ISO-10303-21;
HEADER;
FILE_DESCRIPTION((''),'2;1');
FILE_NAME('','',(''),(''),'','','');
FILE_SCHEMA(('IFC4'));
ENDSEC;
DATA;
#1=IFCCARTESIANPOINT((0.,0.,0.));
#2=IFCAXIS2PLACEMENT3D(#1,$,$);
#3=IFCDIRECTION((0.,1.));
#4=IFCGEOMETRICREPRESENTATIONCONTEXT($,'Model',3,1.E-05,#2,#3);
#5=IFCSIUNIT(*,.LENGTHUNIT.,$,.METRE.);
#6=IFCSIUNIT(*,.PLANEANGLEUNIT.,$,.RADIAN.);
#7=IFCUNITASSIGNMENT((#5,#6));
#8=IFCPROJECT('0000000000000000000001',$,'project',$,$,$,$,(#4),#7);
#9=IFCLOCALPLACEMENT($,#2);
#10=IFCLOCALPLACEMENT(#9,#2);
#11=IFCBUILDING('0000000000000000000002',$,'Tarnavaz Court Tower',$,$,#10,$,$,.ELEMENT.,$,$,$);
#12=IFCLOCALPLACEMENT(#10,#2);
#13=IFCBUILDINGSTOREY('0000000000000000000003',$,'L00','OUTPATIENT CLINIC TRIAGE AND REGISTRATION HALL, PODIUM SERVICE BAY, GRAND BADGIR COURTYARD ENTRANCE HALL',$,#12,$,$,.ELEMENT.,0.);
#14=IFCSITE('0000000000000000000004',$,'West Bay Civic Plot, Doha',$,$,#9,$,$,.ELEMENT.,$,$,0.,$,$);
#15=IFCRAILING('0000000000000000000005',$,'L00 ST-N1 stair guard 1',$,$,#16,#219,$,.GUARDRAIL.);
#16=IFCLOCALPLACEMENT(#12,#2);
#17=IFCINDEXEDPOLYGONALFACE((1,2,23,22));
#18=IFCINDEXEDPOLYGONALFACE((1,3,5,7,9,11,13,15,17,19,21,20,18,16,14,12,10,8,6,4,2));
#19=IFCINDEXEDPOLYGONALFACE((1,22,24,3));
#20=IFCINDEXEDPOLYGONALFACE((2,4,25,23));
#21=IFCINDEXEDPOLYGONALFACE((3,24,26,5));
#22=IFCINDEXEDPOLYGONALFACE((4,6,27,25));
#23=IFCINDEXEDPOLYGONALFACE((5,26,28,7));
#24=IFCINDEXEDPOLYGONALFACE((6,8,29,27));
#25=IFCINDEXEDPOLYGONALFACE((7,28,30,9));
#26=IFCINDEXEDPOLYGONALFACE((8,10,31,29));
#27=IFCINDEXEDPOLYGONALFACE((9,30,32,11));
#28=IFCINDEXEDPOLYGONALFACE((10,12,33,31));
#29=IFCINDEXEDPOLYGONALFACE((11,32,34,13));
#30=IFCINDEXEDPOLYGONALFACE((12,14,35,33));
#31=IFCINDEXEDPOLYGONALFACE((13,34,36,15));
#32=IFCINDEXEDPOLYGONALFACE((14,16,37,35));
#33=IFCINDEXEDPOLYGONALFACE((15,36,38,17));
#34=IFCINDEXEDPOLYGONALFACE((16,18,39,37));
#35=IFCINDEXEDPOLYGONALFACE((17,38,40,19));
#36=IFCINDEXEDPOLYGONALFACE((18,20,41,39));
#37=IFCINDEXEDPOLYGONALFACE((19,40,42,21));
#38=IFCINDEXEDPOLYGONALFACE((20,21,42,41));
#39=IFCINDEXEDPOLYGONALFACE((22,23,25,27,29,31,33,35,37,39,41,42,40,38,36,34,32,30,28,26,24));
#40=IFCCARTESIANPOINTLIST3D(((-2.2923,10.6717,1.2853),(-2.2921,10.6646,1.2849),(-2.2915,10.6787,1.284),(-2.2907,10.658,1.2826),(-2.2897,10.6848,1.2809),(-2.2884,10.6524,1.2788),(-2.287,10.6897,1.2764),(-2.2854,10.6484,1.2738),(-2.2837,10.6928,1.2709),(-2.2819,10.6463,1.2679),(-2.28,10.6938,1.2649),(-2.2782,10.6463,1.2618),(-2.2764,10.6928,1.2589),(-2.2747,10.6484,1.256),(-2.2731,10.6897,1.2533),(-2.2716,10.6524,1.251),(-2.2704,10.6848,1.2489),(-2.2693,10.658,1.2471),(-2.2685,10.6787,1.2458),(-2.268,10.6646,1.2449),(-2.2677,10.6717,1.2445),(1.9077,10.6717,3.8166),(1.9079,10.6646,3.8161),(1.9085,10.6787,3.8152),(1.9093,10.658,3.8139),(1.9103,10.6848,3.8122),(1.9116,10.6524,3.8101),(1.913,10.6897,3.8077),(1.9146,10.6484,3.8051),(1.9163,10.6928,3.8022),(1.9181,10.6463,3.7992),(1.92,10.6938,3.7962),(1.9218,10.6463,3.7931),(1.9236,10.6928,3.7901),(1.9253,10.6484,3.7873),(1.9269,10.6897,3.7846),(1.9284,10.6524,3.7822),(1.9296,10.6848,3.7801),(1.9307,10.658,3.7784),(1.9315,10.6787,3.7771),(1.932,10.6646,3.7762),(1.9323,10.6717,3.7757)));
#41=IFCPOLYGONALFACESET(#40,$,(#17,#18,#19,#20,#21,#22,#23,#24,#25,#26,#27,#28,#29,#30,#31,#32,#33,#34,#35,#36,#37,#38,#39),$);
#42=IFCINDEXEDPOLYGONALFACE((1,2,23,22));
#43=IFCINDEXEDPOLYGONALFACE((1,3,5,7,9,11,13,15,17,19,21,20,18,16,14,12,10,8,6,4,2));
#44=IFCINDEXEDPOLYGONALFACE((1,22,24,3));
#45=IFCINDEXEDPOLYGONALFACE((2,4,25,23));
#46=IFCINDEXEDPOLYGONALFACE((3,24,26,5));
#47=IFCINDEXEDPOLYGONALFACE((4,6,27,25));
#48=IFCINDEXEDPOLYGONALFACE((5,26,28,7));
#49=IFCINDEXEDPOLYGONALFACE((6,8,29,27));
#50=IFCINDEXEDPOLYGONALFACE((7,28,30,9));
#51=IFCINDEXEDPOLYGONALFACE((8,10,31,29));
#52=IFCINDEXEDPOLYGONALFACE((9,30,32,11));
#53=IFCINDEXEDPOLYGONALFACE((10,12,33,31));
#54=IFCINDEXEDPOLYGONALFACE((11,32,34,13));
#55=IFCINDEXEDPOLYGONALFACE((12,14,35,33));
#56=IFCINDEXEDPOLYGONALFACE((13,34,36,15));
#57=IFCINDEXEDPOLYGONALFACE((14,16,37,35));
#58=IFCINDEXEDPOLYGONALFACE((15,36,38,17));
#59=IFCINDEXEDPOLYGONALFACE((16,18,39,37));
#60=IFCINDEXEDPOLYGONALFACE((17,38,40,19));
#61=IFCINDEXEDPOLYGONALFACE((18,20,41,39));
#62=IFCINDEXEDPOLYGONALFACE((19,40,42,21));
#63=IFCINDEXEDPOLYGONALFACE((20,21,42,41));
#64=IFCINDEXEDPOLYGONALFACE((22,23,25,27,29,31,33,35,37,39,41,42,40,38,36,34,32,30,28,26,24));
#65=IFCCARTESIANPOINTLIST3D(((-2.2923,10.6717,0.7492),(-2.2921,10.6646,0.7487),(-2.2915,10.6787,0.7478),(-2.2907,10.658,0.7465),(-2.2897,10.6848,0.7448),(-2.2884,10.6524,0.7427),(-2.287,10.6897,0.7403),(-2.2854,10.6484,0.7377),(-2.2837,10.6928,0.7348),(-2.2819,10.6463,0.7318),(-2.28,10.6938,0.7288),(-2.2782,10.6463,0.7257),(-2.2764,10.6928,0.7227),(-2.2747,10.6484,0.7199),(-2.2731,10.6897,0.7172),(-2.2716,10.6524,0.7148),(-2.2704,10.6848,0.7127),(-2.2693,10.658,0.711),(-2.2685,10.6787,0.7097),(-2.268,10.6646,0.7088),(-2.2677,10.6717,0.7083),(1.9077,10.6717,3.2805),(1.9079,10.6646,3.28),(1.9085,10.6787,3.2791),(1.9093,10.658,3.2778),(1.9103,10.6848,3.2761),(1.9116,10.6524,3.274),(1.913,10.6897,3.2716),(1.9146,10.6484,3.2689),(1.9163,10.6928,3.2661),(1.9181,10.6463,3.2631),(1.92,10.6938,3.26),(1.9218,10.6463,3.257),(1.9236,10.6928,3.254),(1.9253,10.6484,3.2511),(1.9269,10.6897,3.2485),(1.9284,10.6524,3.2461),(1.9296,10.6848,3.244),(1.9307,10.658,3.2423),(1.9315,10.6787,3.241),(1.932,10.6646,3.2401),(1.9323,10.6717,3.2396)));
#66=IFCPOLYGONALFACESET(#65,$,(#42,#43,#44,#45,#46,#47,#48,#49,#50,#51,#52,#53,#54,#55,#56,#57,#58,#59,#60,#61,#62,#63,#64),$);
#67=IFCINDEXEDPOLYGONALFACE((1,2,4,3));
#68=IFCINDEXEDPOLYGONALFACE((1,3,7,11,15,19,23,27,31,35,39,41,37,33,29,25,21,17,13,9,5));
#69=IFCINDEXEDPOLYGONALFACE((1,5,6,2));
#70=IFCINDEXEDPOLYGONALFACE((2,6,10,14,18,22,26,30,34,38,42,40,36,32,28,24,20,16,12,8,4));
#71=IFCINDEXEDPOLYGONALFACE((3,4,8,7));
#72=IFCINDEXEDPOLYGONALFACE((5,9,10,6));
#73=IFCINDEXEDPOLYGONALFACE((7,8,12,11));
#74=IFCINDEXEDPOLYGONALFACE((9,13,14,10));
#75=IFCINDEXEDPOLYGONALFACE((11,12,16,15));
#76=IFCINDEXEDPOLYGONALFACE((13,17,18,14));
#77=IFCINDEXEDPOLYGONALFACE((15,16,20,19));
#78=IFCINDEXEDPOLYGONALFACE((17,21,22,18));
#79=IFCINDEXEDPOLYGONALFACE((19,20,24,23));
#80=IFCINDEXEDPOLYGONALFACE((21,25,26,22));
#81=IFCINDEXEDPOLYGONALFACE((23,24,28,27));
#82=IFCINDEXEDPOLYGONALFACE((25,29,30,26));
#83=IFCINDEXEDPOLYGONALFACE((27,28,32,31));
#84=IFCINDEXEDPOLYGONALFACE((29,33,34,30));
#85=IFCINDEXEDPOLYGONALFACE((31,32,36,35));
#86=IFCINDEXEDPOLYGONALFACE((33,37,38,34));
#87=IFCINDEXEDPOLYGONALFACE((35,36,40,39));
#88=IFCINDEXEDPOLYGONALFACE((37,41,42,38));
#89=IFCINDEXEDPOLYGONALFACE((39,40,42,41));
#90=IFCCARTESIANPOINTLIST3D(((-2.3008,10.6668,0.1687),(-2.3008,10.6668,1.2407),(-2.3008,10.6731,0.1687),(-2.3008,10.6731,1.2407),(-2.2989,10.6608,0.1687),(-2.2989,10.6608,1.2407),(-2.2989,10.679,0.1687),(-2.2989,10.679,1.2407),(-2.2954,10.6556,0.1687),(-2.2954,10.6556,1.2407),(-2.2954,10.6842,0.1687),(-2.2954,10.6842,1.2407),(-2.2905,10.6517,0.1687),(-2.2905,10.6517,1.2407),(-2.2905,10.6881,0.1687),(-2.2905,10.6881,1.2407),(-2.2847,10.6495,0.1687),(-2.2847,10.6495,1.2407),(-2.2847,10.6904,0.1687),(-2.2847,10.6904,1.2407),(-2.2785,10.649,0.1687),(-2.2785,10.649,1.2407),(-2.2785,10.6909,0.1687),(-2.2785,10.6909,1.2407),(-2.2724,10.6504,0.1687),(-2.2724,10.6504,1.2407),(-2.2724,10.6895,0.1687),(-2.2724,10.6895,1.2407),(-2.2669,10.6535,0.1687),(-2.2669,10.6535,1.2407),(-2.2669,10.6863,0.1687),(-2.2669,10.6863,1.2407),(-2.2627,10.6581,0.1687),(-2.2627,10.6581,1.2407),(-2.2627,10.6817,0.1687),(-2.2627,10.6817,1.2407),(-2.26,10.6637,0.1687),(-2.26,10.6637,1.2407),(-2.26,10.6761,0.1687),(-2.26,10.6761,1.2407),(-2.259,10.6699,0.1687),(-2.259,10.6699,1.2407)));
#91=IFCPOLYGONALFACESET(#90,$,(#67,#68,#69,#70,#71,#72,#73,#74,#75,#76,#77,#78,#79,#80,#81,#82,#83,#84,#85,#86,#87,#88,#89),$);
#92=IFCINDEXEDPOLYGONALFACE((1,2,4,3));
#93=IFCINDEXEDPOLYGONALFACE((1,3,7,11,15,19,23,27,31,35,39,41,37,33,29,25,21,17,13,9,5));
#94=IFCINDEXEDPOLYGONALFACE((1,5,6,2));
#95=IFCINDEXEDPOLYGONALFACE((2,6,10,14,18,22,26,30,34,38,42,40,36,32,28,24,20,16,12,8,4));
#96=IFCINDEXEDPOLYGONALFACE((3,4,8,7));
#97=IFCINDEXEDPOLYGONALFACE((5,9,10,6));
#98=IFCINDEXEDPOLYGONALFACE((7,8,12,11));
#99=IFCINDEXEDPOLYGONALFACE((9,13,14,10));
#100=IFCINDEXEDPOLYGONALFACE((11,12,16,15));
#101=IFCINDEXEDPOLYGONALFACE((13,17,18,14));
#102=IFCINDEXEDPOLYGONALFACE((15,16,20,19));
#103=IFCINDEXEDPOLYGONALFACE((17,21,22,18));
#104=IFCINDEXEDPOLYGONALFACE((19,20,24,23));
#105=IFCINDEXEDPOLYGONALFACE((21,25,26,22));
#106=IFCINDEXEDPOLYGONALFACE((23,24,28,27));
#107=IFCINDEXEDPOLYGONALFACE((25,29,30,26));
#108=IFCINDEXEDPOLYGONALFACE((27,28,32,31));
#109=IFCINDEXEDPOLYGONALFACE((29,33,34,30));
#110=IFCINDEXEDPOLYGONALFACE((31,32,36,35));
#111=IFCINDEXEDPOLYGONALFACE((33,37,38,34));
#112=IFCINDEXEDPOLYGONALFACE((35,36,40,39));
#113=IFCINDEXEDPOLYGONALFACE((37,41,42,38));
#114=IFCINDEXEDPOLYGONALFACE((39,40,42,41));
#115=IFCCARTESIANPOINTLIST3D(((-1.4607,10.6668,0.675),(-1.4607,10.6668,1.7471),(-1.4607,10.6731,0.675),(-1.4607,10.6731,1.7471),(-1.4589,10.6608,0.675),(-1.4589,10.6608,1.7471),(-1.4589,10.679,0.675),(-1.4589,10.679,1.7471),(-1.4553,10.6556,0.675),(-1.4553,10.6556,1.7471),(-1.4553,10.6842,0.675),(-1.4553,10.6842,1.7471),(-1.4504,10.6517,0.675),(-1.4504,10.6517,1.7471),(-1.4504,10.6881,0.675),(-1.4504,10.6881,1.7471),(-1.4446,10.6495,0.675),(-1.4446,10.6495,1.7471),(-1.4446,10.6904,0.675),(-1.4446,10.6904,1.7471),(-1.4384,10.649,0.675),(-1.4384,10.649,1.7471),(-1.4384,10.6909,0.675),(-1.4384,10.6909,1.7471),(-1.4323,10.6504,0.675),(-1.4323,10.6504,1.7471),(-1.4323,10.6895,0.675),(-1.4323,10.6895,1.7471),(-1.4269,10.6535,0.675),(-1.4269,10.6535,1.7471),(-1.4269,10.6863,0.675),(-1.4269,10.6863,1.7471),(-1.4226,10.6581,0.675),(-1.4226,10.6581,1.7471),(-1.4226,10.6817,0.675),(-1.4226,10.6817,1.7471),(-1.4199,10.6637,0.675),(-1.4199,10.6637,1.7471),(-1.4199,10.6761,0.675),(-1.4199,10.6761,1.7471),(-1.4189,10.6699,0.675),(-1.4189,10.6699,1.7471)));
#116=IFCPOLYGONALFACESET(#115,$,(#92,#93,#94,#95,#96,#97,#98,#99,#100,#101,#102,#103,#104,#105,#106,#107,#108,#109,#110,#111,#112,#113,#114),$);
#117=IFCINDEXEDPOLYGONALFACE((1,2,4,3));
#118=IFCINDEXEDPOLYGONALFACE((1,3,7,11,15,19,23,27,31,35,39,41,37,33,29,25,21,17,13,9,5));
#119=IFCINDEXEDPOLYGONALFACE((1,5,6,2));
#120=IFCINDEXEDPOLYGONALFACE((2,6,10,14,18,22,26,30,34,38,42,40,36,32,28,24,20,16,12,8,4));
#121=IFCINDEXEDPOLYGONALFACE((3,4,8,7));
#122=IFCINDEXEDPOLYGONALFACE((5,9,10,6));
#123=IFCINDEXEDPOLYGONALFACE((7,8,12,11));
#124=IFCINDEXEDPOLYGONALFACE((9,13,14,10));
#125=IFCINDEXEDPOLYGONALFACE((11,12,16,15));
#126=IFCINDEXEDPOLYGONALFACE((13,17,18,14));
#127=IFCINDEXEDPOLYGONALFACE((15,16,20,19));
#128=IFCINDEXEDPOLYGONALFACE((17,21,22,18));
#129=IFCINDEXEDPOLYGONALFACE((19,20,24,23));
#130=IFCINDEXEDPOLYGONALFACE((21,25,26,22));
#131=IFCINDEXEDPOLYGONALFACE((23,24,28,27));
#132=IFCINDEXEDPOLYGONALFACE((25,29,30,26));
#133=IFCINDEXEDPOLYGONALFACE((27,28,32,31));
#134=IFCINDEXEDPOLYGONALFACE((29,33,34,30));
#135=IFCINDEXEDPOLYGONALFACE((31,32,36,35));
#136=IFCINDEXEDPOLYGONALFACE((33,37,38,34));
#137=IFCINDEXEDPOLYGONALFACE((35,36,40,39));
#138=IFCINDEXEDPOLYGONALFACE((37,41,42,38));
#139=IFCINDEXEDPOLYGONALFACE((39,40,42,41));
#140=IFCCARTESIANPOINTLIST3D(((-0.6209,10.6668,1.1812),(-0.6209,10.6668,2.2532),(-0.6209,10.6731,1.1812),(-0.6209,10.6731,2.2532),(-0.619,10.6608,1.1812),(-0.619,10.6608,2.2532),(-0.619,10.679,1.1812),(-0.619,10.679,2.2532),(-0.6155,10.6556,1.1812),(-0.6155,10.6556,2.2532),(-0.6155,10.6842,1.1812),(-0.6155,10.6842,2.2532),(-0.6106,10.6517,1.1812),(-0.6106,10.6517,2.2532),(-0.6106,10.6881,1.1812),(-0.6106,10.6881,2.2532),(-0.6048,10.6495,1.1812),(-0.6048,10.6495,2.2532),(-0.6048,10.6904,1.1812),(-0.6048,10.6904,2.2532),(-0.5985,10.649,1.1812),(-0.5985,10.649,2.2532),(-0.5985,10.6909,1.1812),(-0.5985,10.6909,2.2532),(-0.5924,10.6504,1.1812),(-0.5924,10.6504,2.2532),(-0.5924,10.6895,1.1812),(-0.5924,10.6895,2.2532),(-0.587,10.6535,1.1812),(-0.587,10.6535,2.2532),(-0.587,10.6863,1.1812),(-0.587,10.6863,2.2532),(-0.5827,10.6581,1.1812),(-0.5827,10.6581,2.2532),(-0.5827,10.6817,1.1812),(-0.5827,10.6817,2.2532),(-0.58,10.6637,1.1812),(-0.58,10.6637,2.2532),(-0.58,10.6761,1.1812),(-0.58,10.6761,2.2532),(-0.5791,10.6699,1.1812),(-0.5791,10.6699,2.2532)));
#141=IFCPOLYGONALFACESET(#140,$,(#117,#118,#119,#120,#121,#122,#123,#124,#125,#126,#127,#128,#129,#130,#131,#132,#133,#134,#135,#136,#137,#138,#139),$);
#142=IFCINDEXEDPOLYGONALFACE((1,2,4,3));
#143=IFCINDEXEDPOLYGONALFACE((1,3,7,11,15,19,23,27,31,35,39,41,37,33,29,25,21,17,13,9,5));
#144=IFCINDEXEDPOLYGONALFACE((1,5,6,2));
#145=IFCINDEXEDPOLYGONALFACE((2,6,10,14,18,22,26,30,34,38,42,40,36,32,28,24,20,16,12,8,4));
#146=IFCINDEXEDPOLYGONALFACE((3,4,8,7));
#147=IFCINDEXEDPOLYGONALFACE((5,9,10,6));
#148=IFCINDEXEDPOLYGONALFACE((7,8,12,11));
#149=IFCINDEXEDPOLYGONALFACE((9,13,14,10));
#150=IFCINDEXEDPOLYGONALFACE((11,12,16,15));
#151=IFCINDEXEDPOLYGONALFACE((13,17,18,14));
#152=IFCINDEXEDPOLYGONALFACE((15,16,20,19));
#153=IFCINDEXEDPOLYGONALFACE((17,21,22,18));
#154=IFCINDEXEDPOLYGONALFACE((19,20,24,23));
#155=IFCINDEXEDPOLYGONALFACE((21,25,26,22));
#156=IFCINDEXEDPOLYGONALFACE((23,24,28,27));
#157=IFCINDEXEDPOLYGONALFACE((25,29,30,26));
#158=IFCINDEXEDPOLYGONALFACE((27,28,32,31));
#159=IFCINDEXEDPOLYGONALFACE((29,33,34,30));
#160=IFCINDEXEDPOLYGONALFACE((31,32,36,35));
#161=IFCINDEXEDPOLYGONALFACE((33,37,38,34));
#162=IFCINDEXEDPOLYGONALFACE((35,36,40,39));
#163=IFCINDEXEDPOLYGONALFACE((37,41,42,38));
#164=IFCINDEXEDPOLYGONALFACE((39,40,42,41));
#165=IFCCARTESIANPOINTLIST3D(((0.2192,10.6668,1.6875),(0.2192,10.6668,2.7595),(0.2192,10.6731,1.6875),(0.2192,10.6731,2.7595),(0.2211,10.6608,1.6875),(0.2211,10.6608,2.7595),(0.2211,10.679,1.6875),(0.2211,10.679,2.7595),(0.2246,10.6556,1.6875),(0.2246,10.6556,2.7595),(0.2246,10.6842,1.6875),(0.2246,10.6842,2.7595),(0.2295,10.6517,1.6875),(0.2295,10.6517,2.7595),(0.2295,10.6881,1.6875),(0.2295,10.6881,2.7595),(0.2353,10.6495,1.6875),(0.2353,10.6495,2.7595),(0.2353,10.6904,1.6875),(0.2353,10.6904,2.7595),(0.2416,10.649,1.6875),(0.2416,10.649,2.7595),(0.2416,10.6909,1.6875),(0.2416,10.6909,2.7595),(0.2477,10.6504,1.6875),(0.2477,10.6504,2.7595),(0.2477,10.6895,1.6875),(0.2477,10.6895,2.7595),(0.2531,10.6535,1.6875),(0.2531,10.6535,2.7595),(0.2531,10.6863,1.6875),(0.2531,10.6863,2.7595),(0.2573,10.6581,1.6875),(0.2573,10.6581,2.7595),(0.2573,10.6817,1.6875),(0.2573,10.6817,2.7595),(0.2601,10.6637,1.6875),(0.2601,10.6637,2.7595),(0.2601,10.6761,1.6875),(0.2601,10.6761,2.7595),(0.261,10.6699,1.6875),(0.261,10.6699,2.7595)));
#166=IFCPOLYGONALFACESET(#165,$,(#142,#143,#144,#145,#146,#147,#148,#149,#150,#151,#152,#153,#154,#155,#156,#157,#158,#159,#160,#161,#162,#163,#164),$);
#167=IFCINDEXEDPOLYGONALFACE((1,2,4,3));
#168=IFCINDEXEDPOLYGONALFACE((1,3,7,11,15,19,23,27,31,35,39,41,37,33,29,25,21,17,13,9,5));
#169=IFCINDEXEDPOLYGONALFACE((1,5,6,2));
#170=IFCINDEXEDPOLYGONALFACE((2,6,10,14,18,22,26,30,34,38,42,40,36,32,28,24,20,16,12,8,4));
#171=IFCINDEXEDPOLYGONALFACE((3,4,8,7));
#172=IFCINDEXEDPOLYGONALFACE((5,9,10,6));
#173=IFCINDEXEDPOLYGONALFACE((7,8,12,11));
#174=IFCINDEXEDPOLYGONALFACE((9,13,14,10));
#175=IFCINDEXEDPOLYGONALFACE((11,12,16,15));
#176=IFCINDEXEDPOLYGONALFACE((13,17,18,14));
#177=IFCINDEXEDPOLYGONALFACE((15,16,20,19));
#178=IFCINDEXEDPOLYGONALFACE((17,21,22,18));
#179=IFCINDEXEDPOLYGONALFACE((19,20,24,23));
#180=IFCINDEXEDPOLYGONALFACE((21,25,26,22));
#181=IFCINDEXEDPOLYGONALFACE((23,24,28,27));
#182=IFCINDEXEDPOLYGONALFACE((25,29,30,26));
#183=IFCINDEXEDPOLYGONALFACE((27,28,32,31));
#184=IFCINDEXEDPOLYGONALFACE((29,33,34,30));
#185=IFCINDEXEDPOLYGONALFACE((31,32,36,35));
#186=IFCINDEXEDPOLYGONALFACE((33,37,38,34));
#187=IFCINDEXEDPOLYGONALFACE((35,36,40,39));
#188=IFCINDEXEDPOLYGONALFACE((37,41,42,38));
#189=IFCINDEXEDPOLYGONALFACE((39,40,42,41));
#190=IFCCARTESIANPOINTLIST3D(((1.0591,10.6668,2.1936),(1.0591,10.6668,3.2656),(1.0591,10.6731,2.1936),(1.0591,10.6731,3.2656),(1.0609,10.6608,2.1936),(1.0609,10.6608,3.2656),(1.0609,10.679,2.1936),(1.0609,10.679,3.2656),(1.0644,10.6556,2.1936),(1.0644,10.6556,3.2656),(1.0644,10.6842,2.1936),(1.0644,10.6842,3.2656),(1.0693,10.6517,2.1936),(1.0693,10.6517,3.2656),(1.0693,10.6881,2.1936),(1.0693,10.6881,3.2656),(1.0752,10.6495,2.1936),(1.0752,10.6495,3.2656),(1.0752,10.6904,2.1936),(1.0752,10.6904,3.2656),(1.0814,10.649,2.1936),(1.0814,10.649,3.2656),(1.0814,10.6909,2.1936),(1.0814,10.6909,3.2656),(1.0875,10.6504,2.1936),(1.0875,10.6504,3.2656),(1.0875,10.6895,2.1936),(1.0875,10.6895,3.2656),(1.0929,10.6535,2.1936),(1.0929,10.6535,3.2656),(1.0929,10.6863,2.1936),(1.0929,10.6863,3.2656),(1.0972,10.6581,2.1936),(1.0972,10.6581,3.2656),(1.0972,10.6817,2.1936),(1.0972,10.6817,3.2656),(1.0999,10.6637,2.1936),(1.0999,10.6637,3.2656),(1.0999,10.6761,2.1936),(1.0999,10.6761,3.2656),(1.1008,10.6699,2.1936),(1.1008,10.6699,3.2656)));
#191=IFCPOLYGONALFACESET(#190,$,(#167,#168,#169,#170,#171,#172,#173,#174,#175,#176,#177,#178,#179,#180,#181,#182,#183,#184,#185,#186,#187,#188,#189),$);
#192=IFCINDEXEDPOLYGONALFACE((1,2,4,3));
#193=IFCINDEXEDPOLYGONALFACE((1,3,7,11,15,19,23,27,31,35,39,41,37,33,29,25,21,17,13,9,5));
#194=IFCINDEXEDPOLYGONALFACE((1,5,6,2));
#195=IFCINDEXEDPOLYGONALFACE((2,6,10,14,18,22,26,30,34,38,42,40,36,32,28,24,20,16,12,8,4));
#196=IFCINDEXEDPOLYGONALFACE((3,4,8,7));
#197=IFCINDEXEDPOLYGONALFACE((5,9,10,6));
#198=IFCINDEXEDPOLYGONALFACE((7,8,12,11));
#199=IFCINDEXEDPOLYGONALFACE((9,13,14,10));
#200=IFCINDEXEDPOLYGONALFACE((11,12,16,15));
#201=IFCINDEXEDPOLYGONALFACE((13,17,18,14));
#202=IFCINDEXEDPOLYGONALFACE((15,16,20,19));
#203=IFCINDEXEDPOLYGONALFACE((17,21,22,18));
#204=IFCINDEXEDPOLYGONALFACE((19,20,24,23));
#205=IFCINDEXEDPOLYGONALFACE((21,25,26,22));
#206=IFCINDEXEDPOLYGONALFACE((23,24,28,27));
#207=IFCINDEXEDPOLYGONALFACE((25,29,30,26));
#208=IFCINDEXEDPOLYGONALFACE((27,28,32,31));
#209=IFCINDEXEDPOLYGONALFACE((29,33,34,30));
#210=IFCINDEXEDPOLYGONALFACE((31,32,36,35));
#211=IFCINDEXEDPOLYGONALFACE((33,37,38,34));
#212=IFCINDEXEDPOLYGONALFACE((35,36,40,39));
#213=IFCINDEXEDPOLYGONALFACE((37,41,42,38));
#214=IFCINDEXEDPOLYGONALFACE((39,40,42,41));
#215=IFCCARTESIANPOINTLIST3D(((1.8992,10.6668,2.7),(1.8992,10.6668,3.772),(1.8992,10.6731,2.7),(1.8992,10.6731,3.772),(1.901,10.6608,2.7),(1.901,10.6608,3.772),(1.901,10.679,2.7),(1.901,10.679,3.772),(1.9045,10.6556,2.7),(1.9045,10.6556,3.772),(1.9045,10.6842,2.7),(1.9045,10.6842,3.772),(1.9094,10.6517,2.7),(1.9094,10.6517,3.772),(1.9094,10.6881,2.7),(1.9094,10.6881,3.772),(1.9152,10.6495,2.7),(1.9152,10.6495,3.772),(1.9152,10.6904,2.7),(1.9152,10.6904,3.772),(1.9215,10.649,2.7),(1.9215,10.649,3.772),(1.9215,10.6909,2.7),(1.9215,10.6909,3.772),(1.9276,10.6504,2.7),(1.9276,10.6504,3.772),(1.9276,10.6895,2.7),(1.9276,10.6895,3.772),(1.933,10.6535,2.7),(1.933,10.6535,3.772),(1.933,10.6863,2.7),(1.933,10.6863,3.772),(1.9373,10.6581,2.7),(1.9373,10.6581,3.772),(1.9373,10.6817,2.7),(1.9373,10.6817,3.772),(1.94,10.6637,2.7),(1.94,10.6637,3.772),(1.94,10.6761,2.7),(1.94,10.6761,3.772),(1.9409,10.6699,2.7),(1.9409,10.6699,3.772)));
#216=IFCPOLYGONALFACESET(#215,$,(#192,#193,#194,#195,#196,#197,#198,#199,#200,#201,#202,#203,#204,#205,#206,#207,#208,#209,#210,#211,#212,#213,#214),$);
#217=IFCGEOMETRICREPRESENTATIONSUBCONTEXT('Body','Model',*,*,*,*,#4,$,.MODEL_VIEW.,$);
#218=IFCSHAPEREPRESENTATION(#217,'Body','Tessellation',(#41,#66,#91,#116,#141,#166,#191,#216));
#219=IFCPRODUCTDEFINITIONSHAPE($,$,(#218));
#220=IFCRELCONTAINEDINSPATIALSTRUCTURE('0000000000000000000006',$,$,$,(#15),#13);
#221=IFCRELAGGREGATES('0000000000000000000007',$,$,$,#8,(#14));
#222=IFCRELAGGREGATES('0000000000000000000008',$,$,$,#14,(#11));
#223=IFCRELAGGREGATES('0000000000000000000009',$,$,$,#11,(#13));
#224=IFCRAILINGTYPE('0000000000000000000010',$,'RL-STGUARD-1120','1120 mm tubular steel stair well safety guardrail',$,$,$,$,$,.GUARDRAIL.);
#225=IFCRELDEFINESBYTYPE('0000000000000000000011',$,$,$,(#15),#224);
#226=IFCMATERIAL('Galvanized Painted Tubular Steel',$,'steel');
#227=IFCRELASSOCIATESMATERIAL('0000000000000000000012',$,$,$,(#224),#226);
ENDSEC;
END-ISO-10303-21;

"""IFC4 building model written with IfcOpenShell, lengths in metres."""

from ifc_helpers import new_model, si_unit, direction, frame, origin, origin_2d, place, context, subcontext, project, spatial, circle, extrude, material, type_object, element, save


model = new_model("IFC4")

# Units and contexts
model_context = context("Model", 3, precision=1e-05, world=origin(), true_north=direction((0.0, 1.0)))
body_context = subcontext(model_context, "Body", "Model", "MODEL_VIEW")
ifc_project = project(units=[si_unit("LENGTHUNIT", "METRE"), si_unit("PLANEANGLEUNIT", "RADIAN")], contexts=[model_context])

# Site, building, storey
site_placement = place(None, origin())
site = spatial("IfcSite", under=ifc_project, at=site_placement, Name="West Bay Civic Plot, Doha", CompositionType="ELEMENT", RefElevation=0.0)
building_placement = place(site_placement, origin())
building = spatial("IfcBuilding", under=site, at=building_placement, Name="Tarnavaz Court Tower", CompositionType="ELEMENT")
storey_placement = place(building_placement, origin())
storey = spatial("IfcBuildingStorey", under=building, at=storey_placement, Name="L00", Description="OUTPATIENT CLINIC TRIAGE AND REGISTRATION HALL, PODIUM SERVICE BAY, GRAND BADGIR COURTYARD ENTRANCE HALL", CompositionType="ELEMENT", Elevation=0.0)

# Railing
ifc_material_1 = material(Name="Galvanized Painted Tubular Steel", Category="steel")
railing_type = type_object("IfcRailingType", Name="RL-STGUARD-1120", Description="1120 mm tubular steel stair well safety guardrail", PredefinedType="GUARDRAIL", material=ifc_material_1)
railing_1_placement = place(storey_placement, frame((-2.28, 10.6699, 0.1687)))
element("IfcRailing", 1, at=railing_1_placement, inside=storey, type_object=railing_type, Name="L00 ST-N1 stair guard 1", PredefinedType="GUARDRAIL", context=body_context, shape_type="SweptSolid", body=[
    extrude(circle(Radius=0.0239, at=origin_2d()), frame((0.0, 0.0, 1.0962), z_axis=(0.856476, 0.0, 0.516186), x_axis=(0.0, 1.0, 0.0)), (0.0, 0.0, 1.0), 4.9038),
    extrude(circle(Radius=0.0239, at=origin_2d()), frame((0.0, 0.0, 0.5601), z_axis=(0.856476, 0.0, 0.516186), x_axis=(0.0, 1.0, 0.0)), (0.0, 0.0, 1.0), 4.9038),
    extrude(circle(Radius=0.021, at=origin_2d()), origin(), (0.0, 0.0, 1.0), 1.072),
    extrude(circle(Radius=0.021, at=origin_2d()), frame((0.8401, 0.0, 0.5063)), (0.0, 0.0, 1.0), 1.072),
    extrude(circle(Radius=0.021, at=origin_2d()), frame((1.6799, 0.0, 1.0125)), (0.0, 0.0, 1.0), 1.072),
    extrude(circle(Radius=0.021, at=origin_2d()), frame((2.52, 0.0, 1.5188)), (0.0, 0.0, 1.0), 1.072),
    extrude(circle(Radius=0.021, at=origin_2d()), frame((3.3599, 0.0, 2.0249)), (0.0, 0.0, 1.0), 1.072),
    extrude(circle(Radius=0.021, at=origin_2d()), frame((4.2, 0.0, 2.5312)), (0.0, 0.0, 1.0), 1.072),
])

save(model, "model.ifc")
